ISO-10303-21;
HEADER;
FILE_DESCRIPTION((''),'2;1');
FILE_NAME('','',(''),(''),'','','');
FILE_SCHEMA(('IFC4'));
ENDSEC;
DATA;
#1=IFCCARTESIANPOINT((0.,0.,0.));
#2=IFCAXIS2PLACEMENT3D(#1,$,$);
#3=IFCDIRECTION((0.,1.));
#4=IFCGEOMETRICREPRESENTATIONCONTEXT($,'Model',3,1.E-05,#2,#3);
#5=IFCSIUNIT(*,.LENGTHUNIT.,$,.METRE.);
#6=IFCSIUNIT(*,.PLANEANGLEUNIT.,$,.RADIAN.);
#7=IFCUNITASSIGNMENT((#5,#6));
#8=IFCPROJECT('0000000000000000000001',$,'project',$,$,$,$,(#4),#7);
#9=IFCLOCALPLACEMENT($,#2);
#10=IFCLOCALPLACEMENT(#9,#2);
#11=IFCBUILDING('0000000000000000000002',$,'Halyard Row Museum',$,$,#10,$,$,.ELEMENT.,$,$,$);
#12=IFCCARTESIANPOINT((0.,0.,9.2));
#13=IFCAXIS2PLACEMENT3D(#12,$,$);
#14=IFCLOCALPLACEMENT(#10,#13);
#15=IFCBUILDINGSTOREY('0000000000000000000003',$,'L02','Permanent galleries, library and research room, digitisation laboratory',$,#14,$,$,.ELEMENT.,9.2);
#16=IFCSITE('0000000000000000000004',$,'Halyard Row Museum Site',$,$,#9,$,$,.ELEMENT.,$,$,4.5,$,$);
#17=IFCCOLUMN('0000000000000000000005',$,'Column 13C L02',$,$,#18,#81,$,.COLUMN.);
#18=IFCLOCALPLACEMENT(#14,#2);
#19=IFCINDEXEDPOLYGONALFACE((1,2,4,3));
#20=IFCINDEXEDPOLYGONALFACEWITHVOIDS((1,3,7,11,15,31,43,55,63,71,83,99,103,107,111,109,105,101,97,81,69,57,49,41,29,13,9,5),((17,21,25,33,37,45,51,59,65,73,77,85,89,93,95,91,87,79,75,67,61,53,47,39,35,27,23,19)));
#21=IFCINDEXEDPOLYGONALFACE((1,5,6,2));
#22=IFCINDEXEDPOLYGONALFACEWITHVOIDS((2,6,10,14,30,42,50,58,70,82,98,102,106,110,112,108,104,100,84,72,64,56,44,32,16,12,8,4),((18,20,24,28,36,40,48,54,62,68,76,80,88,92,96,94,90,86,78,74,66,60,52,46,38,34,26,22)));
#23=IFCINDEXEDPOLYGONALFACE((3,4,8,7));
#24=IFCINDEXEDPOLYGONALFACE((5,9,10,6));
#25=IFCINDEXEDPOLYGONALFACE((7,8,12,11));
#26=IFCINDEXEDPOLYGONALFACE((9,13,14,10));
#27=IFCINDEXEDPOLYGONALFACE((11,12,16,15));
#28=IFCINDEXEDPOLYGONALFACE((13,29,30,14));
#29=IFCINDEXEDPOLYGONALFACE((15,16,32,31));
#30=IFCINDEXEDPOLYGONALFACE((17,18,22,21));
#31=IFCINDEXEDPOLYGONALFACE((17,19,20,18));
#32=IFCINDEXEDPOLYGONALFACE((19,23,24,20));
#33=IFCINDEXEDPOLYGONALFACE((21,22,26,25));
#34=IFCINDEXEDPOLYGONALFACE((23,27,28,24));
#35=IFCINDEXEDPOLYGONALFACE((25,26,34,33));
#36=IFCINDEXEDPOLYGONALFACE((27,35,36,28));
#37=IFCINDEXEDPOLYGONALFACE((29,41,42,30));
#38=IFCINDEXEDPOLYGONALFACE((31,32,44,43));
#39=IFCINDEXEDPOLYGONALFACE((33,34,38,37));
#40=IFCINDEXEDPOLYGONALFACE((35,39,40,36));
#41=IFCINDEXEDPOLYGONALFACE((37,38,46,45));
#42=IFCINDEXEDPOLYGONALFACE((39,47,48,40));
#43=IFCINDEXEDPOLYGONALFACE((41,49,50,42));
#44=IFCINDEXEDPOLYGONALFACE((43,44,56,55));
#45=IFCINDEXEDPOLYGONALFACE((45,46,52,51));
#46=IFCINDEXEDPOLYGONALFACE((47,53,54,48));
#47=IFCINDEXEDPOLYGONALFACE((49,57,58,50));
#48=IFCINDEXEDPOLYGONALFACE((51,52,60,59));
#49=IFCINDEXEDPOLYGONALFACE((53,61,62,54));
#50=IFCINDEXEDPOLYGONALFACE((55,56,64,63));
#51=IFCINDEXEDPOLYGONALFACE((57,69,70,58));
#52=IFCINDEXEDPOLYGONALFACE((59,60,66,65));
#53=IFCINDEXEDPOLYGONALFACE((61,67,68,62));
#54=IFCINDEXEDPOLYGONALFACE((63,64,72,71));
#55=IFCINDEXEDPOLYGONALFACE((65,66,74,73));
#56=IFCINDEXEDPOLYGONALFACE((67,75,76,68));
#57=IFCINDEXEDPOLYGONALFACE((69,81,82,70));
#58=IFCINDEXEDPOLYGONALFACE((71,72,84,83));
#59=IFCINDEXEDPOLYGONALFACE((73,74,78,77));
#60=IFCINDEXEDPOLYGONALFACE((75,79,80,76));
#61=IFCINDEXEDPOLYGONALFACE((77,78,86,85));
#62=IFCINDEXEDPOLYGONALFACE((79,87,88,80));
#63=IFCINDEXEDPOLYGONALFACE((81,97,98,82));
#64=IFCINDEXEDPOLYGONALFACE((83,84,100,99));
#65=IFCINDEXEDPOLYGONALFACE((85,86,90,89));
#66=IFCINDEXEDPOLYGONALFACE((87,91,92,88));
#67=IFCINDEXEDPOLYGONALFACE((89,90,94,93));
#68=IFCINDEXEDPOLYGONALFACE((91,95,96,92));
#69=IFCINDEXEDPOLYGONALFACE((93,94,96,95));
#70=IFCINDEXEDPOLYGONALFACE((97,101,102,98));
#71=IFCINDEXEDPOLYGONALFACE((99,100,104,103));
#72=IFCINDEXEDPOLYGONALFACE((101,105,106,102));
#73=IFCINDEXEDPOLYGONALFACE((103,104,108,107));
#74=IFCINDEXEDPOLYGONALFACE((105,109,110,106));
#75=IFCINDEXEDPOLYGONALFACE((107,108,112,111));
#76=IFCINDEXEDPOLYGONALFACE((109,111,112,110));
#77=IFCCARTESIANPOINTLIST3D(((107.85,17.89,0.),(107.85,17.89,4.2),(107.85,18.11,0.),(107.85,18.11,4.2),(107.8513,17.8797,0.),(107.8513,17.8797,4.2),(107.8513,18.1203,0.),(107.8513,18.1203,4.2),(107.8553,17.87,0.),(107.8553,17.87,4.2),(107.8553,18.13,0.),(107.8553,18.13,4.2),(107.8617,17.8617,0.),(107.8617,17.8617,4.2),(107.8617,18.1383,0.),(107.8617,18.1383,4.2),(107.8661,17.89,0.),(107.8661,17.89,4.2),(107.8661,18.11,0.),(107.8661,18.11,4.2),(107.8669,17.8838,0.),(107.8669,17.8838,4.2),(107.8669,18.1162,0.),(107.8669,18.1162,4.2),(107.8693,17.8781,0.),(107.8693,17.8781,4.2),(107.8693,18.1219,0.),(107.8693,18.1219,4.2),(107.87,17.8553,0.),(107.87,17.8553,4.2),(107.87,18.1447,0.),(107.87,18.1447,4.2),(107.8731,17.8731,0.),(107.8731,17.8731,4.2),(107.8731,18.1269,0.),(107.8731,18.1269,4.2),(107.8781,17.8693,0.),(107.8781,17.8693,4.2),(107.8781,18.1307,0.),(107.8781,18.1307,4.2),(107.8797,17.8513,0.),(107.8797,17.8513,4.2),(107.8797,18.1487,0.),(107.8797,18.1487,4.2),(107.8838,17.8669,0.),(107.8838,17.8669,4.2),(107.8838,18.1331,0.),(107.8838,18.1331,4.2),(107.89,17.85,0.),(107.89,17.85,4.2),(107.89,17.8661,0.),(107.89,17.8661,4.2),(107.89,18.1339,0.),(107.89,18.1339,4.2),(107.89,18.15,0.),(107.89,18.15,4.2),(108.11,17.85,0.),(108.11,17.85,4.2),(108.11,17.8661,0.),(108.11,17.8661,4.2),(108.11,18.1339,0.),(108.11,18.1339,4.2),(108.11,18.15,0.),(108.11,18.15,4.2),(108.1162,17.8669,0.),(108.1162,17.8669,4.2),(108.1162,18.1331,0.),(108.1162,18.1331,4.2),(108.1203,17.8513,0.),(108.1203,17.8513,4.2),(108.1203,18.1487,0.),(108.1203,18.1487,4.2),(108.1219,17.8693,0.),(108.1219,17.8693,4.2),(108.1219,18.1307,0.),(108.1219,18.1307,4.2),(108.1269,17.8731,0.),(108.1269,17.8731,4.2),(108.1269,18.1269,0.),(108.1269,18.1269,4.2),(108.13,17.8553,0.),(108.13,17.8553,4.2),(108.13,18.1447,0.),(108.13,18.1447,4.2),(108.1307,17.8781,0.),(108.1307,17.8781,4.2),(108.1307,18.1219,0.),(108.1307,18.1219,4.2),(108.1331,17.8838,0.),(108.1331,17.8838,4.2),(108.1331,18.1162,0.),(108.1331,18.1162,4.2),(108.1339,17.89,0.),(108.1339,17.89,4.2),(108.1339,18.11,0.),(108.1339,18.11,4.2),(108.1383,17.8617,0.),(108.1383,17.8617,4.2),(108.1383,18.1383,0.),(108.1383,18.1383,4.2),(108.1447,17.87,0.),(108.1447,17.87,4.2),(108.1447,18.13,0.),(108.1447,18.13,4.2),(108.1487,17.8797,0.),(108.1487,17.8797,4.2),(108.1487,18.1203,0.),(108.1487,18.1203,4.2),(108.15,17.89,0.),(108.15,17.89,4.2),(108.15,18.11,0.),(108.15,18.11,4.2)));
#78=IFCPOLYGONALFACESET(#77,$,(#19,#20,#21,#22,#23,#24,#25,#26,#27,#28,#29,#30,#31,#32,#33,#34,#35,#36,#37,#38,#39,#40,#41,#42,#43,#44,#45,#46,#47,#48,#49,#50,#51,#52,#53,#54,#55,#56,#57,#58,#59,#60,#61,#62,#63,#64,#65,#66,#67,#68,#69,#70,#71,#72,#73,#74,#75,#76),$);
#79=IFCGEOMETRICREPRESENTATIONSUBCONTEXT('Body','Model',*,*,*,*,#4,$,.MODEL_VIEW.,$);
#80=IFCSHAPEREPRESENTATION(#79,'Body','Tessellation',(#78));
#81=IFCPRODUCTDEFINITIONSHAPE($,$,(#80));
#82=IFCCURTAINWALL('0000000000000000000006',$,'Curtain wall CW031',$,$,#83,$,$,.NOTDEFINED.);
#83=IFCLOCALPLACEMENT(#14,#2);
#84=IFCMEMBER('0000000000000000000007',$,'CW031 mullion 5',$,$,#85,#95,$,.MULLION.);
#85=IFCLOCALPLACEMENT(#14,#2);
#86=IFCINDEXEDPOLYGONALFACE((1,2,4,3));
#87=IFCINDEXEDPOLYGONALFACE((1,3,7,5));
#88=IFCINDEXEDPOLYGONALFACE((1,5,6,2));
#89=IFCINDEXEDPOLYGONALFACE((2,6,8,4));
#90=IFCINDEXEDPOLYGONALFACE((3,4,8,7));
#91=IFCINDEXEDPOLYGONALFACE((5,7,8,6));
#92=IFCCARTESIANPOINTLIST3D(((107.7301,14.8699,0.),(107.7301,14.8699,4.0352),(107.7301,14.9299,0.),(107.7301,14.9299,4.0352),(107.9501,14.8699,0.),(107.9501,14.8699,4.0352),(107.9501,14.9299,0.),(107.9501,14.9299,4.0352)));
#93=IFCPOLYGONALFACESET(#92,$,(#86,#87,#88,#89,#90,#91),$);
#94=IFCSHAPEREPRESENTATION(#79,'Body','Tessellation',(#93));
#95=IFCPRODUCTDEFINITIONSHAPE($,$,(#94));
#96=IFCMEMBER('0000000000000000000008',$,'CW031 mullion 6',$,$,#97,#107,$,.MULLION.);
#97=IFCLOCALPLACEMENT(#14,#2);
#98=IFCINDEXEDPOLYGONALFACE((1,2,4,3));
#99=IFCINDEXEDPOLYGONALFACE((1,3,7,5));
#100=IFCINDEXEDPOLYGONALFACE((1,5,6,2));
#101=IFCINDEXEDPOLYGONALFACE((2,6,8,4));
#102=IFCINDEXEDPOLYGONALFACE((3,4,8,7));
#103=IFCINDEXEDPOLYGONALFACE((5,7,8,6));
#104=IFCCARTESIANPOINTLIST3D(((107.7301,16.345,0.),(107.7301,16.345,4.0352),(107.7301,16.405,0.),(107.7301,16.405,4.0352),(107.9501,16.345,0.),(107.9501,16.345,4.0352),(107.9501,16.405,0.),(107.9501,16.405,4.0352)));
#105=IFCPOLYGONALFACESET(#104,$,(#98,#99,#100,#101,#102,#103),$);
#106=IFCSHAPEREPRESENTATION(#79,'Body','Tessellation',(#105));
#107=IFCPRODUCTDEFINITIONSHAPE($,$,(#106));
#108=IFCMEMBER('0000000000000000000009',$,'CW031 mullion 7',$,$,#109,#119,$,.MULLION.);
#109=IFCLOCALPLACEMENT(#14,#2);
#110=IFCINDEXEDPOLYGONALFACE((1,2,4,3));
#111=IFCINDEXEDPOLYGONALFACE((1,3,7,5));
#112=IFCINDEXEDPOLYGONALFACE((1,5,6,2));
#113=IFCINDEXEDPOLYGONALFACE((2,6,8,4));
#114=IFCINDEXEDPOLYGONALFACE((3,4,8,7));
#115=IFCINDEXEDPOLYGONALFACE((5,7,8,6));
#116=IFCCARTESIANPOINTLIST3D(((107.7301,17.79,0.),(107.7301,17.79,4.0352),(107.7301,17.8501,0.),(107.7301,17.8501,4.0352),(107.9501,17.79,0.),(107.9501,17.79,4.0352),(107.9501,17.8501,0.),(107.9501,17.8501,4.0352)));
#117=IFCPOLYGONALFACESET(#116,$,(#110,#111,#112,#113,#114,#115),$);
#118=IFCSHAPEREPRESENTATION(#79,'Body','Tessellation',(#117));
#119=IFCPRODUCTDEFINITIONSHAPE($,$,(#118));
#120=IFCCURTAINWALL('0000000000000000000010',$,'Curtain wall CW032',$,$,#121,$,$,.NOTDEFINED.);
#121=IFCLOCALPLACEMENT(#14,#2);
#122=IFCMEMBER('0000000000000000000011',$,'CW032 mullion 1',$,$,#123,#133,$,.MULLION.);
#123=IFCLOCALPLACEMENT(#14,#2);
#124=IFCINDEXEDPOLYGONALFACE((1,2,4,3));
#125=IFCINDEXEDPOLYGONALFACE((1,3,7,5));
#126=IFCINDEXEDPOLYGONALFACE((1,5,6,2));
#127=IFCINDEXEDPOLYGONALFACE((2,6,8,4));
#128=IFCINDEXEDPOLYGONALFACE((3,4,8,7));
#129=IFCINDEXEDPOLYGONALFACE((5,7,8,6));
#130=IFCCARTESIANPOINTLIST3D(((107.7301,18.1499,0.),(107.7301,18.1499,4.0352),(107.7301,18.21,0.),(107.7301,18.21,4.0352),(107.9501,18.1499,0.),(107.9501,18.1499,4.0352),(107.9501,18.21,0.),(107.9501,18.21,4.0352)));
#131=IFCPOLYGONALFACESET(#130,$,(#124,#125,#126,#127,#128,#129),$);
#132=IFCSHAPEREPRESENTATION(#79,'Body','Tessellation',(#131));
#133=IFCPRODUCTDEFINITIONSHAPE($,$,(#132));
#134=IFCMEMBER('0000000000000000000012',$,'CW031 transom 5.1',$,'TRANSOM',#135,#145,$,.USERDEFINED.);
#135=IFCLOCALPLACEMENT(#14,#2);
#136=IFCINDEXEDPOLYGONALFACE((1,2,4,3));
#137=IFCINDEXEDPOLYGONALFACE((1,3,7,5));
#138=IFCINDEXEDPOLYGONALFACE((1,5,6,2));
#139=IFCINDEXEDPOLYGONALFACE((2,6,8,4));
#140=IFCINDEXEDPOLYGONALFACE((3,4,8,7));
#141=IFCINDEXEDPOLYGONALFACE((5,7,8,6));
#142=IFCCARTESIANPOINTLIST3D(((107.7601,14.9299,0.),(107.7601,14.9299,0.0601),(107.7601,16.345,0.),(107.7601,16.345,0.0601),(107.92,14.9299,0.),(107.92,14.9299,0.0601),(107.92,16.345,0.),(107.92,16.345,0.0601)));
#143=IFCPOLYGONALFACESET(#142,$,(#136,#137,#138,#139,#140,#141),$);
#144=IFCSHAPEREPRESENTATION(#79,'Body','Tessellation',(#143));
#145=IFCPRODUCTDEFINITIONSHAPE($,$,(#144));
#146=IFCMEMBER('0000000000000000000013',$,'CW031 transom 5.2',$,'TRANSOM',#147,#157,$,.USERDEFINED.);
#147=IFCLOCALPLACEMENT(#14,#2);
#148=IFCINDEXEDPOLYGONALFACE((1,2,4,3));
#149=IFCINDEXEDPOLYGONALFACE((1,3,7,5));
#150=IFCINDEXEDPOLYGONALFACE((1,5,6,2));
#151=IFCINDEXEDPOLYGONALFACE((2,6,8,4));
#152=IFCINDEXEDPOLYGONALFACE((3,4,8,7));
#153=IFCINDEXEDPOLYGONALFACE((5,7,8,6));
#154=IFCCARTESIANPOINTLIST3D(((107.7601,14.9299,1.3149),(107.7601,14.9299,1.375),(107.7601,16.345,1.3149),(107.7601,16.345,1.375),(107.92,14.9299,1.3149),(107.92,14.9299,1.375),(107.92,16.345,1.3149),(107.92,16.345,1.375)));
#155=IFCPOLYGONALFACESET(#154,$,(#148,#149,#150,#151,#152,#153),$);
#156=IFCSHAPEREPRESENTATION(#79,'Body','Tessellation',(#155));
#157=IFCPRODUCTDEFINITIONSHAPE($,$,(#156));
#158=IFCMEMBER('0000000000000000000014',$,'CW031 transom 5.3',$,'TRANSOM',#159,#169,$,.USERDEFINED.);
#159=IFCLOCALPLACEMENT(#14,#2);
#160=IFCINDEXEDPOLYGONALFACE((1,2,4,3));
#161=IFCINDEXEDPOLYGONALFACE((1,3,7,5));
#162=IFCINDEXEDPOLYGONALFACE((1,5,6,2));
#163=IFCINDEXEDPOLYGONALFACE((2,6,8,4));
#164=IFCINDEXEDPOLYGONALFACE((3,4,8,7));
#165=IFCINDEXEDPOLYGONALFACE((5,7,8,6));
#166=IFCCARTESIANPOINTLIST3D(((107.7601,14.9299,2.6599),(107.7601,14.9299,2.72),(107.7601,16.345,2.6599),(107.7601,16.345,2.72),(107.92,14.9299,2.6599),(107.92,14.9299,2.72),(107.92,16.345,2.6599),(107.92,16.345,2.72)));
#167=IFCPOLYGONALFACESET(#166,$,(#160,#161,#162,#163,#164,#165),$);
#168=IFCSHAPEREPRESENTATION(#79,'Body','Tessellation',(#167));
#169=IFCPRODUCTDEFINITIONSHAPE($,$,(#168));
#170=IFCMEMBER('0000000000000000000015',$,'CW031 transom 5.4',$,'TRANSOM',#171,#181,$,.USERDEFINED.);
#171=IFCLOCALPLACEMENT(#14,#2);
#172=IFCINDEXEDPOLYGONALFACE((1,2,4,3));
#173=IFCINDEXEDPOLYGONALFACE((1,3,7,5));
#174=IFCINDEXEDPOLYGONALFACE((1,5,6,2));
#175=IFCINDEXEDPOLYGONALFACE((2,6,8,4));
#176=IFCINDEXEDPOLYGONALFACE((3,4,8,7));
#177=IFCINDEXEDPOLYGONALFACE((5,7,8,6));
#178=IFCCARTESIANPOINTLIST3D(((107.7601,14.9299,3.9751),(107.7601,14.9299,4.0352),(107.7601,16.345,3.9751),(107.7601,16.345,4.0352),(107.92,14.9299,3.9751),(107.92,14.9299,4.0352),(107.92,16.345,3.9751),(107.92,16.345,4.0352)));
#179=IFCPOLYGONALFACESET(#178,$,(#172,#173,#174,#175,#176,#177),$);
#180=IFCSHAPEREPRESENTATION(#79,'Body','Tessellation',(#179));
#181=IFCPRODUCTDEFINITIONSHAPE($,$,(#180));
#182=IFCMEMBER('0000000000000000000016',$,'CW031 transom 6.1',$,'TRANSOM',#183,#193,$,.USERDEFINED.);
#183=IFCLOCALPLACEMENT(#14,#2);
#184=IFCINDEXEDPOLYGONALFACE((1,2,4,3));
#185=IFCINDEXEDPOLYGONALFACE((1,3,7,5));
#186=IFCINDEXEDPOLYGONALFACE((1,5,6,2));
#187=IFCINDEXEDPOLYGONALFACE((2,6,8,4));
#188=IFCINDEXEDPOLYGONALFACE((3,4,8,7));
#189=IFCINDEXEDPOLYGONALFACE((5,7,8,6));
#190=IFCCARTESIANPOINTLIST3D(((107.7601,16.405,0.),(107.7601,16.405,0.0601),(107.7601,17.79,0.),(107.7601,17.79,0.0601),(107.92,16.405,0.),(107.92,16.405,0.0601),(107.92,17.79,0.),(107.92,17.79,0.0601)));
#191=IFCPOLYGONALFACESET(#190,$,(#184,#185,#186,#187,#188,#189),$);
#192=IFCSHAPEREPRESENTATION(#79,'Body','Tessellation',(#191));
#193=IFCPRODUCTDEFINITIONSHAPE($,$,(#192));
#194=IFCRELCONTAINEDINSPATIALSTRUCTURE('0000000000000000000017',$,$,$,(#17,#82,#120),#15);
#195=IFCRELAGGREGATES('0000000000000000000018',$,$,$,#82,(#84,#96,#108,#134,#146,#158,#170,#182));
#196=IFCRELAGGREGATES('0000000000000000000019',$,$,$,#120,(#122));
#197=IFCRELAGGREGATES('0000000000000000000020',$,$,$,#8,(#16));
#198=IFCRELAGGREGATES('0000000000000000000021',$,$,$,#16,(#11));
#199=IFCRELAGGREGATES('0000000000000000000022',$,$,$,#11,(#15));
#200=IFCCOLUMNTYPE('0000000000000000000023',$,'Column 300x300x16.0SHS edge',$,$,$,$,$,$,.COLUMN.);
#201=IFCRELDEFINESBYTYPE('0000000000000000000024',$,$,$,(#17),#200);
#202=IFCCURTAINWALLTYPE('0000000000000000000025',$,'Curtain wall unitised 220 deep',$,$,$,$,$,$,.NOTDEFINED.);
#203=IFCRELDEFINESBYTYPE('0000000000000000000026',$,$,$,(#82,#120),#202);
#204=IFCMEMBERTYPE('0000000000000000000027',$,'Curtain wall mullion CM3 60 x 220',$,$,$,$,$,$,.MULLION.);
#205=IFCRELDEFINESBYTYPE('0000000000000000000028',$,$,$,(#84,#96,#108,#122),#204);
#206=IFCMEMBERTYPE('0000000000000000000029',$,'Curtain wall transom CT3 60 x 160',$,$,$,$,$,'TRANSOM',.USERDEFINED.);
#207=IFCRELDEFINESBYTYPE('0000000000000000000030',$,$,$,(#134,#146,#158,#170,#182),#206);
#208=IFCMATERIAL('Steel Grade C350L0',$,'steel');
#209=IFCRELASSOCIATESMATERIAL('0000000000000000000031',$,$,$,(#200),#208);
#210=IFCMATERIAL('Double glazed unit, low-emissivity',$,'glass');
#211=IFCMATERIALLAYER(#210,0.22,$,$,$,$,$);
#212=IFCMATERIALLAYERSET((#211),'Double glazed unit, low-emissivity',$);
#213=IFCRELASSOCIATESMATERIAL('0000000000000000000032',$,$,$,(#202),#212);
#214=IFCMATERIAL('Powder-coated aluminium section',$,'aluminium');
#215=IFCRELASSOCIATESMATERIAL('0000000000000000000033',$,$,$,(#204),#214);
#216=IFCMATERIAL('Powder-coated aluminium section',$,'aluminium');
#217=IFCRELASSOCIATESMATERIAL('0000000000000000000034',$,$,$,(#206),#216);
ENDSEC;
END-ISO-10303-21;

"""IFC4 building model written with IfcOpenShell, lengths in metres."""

from ifc_helpers import new_model, si_unit, direction, frame, origin, origin_2d, place, context, subcontext, project, spatial, rectangle, hollow_rectangle, extrude, material, layer, layer_set, material_profile, profile_set, type_object, element, aggregate, save


model = new_model("IFC4")

# Units and contexts
model_context = context("Model", 3, precision=1e-05, world=origin(), true_north=direction((0.0, 1.0)))
body_context = subcontext(model_context, "Body", "Model", "MODEL_VIEW")
ifc_project = project(units=[si_unit("LENGTHUNIT", "METRE"), si_unit("PLANEANGLEUNIT", "RADIAN")], contexts=[model_context])

# Site, building, storey
site_placement = place(None, origin())
site = spatial("IfcSite", under=ifc_project, at=site_placement, Name="Halyard Row Museum Site", CompositionType="ELEMENT", RefElevation=4.5)
building_placement = place(site_placement, origin())
building = spatial("IfcBuilding", under=site, at=building_placement, Name="Halyard Row Museum", CompositionType="ELEMENT")
storey_placement = place(building_placement, frame((0.0, 0.0, 9.2)))
storey = spatial("IfcBuildingStorey", under=building, at=storey_placement, Name="L02", Description="Permanent galleries, library and research room, digitisation laboratory", CompositionType="ELEMENT", Elevation=9.2)

# Column
ifc_material_1 = material(Name="Steel Grade C350L0", Category="steel")
ifc_material_profile_1 = material_profile(ifc_material_1, hollow_rectangle(XDim=0.3, YDim=0.3, WallThickness=0.0161, InnerFilletRadius=0.0239, OuterFilletRadius=0.04, at=origin_2d()), Name="300x300x16.0SHS")
ifc_profile_set_1 = profile_set([ifc_material_profile_1], Name="Steel Grade C350L0")
column_type = type_object("IfcColumnType", Name="Column 300x300x16.0SHS edge", PredefinedType="COLUMN", material=ifc_profile_set_1)
column_placement = place(storey_placement, frame((108.0, 18.0, 0.0), z_axis=(0.0, 0.0, 1.0), x_axis=(1.0, 0.0, 0.0)))
element("IfcColumn", 1, at=column_placement, inside=storey, type_object=column_type, Name="Column 13C L02", PredefinedType="COLUMN", context=body_context, shape_type="SweptSolid", body=[
    extrude(hollow_rectangle(XDim=0.3, YDim=0.3, WallThickness=0.0161, InnerFilletRadius=0.0239, OuterFilletRadius=0.04, at=origin_2d()), origin(), (0.0, 0.0, 1.0), 4.2),
])

# Curtain wall, members
ifc_material_2 = material(Name="Double glazed unit, low-emissivity", Category="glass")
ifc_layer_1 = layer(ifc_material_2, 0.22)
ifc_layer_set_1 = layer_set([ifc_layer_1], Name="Double glazed unit, low-emissivity")
curtain_wall_type = type_object("IfcCurtainWallType", Name="Curtain wall unitised 220 deep", PredefinedType="NOTDEFINED", material=ifc_layer_set_1)
curtain_wall_1_placement = place(storey_placement, origin())
curtain_wall_1 = element("IfcCurtainWall", 2, at=curtain_wall_1_placement, inside=storey, type_object=curtain_wall_type, Name="Curtain wall CW031", PredefinedType="NOTDEFINED")
ifc_material_3 = material(Name="Powder-coated aluminium section", Category="aluminium")
ifc_material_profile_2 = material_profile(ifc_material_3, rectangle(XDim=0.22, YDim=0.0601, at=origin_2d()), Name="220x60 mullion")
ifc_profile_set_2 = profile_set([ifc_material_profile_2], Name="Powder-coated aluminium section")
member_type_1 = type_object("IfcMemberType", Name="Curtain wall mullion CM3 60 x 220", PredefinedType="MULLION", material=ifc_profile_set_2)
member_1_placement = place(storey_placement, frame((107.8401, 14.8999, 0.0), z_axis=(0.0, 0.0, 1.0), x_axis=(-1.0, 0.0, 0.0)))
member_1 = element("IfcMember", 3, at=member_1_placement, type_object=member_type_1, Name="CW031 mullion 5", PredefinedType="MULLION", context=body_context, shape_type="SweptSolid", body=[
    extrude(rectangle(XDim=0.22, YDim=0.0601, at=origin_2d()), origin(), (0.0, 0.0, 1.0), 4.0352),
])
member_2_placement = place(storey_placement, frame((107.8401, 16.375, 0.0), z_axis=(0.0, 0.0, 1.0), x_axis=(-1.0, 0.0, 0.0)))
member_2 = element("IfcMember", 4, at=member_2_placement, type_object=member_type_1, Name="CW031 mullion 6", PredefinedType="MULLION", context=body_context, shape_type="SweptSolid", body=[
    extrude(rectangle(XDim=0.22, YDim=0.0601, at=origin_2d()), origin(), (0.0, 0.0, 1.0), 4.0352),
])
member_3_placement = place(storey_placement, frame((107.8401, 17.8201, 0.0), z_axis=(0.0, 0.0, 1.0), x_axis=(-1.0, 0.0, 0.0)))
member_3 = element("IfcMember", 5, at=member_3_placement, type_object=member_type_1, Name="CW031 mullion 7", PredefinedType="MULLION", context=body_context, shape_type="SweptSolid", body=[
    extrude(rectangle(XDim=0.22, YDim=0.0601, at=origin_2d()), origin(), (0.0, 0.0, 1.0), 4.0352),
])

# Curtain wall, member
curtain_wall_2_placement = place(storey_placement, origin())
curtain_wall_2 = element("IfcCurtainWall", 6, at=curtain_wall_2_placement, inside=storey, type_object=curtain_wall_type, Name="Curtain wall CW032", PredefinedType="NOTDEFINED")
member_4_placement = place(storey_placement, frame((107.8401, 18.1799, 0.0), z_axis=(0.0, 0.0, 1.0), x_axis=(-1.0, 0.0, 0.0)))
member_4 = element("IfcMember", 7, at=member_4_placement, type_object=member_type_1, Name="CW032 mullion 1", PredefinedType="MULLION", context=body_context, shape_type="SweptSolid", body=[
    extrude(rectangle(XDim=0.22, YDim=0.0601, at=origin_2d()), origin(), (0.0, 0.0, 1.0), 4.0352),
])

# Members
ifc_material_4 = material(Name="Powder-coated aluminium section", Category="aluminium")
ifc_material_profile_3 = material_profile(ifc_material_4, rectangle(XDim=0.1599, YDim=0.0601, at=origin_2d()), Name="160x60 transom")
ifc_profile_set_3 = profile_set([ifc_material_profile_3], Name="Powder-coated aluminium section")
member_type_2 = type_object("IfcMemberType", Name="Curtain wall transom CT3 60 x 160", ElementType="TRANSOM", PredefinedType="USERDEFINED", material=ifc_profile_set_3)
member_5_placement = place(storey_placement, frame((107.8401, 14.9299, 0.03), z_axis=(0.0, 1.0, 0.0), x_axis=(-1.0, 0.0, 0.0)))
member_5 = element("IfcMember", 8, at=member_5_placement, type_object=member_type_2, Name="CW031 transom 5.1", ObjectType="TRANSOM", PredefinedType="USERDEFINED", context=body_context, shape_type="SweptSolid", body=[
    extrude(rectangle(XDim=0.1599, YDim=0.0601, at=origin_2d()), origin(), (0.0, 0.0, 1.0), 1.415),
])
member_6_placement = place(storey_placement, frame((107.8401, 14.9299, 1.345), z_axis=(0.0, 1.0, 0.0), x_axis=(-1.0, 0.0, 0.0)))
member_6 = element("IfcMember", 9, at=member_6_placement, type_object=member_type_2, Name="CW031 transom 5.2", ObjectType="TRANSOM", PredefinedType="USERDEFINED", context=body_context, shape_type="SweptSolid", body=[
    extrude(rectangle(XDim=0.1599, YDim=0.0601, at=origin_2d()), origin(), (0.0, 0.0, 1.0), 1.415),
])
member_7_placement = place(storey_placement, frame((107.8401, 14.9299, 2.6899), z_axis=(0.0, 1.0, 0.0), x_axis=(-1.0, 0.0, 0.0)))
member_7 = element("IfcMember", 10, at=member_7_placement, type_object=member_type_2, Name="CW031 transom 5.3", ObjectType="TRANSOM", PredefinedType="USERDEFINED", context=body_context, shape_type="SweptSolid", body=[
    extrude(rectangle(XDim=0.1599, YDim=0.0601, at=origin_2d()), origin(), (0.0, 0.0, 1.0), 1.415),
])
member_8_placement = place(storey_placement, frame((107.8401, 14.9299, 4.0051), z_axis=(0.0, 1.0, 0.0), x_axis=(-1.0, 0.0, 0.0)))
member_8 = element("IfcMember", 11, at=member_8_placement, type_object=member_type_2, Name="CW031 transom 5.4", ObjectType="TRANSOM", PredefinedType="USERDEFINED", context=body_context, shape_type="SweptSolid", body=[
    extrude(rectangle(XDim=0.1599, YDim=0.0601, at=origin_2d()), origin(), (0.0, 0.0, 1.0), 1.415),
])
member_9_placement = place(storey_placement, frame((107.8401, 16.405, 0.03), z_axis=(0.0, 1.0, 0.0), x_axis=(-1.0, 0.0, 0.0)))
member_9 = element("IfcMember", 12, at=member_9_placement, type_object=member_type_2, Name="CW031 transom 6.1", ObjectType="TRANSOM", PredefinedType="USERDEFINED", context=body_context, shape_type="SweptSolid", body=[
    extrude(rectangle(XDim=0.1599, YDim=0.0601, at=origin_2d()), origin(), (0.0, 0.0, 1.0), 1.385),
])

aggregate(curtain_wall_1, [member_1, member_2, member_3, member_5, member_6, member_7, member_8, member_9])
aggregate(curtain_wall_2, [member_4])

save(model, "model.ifc")
